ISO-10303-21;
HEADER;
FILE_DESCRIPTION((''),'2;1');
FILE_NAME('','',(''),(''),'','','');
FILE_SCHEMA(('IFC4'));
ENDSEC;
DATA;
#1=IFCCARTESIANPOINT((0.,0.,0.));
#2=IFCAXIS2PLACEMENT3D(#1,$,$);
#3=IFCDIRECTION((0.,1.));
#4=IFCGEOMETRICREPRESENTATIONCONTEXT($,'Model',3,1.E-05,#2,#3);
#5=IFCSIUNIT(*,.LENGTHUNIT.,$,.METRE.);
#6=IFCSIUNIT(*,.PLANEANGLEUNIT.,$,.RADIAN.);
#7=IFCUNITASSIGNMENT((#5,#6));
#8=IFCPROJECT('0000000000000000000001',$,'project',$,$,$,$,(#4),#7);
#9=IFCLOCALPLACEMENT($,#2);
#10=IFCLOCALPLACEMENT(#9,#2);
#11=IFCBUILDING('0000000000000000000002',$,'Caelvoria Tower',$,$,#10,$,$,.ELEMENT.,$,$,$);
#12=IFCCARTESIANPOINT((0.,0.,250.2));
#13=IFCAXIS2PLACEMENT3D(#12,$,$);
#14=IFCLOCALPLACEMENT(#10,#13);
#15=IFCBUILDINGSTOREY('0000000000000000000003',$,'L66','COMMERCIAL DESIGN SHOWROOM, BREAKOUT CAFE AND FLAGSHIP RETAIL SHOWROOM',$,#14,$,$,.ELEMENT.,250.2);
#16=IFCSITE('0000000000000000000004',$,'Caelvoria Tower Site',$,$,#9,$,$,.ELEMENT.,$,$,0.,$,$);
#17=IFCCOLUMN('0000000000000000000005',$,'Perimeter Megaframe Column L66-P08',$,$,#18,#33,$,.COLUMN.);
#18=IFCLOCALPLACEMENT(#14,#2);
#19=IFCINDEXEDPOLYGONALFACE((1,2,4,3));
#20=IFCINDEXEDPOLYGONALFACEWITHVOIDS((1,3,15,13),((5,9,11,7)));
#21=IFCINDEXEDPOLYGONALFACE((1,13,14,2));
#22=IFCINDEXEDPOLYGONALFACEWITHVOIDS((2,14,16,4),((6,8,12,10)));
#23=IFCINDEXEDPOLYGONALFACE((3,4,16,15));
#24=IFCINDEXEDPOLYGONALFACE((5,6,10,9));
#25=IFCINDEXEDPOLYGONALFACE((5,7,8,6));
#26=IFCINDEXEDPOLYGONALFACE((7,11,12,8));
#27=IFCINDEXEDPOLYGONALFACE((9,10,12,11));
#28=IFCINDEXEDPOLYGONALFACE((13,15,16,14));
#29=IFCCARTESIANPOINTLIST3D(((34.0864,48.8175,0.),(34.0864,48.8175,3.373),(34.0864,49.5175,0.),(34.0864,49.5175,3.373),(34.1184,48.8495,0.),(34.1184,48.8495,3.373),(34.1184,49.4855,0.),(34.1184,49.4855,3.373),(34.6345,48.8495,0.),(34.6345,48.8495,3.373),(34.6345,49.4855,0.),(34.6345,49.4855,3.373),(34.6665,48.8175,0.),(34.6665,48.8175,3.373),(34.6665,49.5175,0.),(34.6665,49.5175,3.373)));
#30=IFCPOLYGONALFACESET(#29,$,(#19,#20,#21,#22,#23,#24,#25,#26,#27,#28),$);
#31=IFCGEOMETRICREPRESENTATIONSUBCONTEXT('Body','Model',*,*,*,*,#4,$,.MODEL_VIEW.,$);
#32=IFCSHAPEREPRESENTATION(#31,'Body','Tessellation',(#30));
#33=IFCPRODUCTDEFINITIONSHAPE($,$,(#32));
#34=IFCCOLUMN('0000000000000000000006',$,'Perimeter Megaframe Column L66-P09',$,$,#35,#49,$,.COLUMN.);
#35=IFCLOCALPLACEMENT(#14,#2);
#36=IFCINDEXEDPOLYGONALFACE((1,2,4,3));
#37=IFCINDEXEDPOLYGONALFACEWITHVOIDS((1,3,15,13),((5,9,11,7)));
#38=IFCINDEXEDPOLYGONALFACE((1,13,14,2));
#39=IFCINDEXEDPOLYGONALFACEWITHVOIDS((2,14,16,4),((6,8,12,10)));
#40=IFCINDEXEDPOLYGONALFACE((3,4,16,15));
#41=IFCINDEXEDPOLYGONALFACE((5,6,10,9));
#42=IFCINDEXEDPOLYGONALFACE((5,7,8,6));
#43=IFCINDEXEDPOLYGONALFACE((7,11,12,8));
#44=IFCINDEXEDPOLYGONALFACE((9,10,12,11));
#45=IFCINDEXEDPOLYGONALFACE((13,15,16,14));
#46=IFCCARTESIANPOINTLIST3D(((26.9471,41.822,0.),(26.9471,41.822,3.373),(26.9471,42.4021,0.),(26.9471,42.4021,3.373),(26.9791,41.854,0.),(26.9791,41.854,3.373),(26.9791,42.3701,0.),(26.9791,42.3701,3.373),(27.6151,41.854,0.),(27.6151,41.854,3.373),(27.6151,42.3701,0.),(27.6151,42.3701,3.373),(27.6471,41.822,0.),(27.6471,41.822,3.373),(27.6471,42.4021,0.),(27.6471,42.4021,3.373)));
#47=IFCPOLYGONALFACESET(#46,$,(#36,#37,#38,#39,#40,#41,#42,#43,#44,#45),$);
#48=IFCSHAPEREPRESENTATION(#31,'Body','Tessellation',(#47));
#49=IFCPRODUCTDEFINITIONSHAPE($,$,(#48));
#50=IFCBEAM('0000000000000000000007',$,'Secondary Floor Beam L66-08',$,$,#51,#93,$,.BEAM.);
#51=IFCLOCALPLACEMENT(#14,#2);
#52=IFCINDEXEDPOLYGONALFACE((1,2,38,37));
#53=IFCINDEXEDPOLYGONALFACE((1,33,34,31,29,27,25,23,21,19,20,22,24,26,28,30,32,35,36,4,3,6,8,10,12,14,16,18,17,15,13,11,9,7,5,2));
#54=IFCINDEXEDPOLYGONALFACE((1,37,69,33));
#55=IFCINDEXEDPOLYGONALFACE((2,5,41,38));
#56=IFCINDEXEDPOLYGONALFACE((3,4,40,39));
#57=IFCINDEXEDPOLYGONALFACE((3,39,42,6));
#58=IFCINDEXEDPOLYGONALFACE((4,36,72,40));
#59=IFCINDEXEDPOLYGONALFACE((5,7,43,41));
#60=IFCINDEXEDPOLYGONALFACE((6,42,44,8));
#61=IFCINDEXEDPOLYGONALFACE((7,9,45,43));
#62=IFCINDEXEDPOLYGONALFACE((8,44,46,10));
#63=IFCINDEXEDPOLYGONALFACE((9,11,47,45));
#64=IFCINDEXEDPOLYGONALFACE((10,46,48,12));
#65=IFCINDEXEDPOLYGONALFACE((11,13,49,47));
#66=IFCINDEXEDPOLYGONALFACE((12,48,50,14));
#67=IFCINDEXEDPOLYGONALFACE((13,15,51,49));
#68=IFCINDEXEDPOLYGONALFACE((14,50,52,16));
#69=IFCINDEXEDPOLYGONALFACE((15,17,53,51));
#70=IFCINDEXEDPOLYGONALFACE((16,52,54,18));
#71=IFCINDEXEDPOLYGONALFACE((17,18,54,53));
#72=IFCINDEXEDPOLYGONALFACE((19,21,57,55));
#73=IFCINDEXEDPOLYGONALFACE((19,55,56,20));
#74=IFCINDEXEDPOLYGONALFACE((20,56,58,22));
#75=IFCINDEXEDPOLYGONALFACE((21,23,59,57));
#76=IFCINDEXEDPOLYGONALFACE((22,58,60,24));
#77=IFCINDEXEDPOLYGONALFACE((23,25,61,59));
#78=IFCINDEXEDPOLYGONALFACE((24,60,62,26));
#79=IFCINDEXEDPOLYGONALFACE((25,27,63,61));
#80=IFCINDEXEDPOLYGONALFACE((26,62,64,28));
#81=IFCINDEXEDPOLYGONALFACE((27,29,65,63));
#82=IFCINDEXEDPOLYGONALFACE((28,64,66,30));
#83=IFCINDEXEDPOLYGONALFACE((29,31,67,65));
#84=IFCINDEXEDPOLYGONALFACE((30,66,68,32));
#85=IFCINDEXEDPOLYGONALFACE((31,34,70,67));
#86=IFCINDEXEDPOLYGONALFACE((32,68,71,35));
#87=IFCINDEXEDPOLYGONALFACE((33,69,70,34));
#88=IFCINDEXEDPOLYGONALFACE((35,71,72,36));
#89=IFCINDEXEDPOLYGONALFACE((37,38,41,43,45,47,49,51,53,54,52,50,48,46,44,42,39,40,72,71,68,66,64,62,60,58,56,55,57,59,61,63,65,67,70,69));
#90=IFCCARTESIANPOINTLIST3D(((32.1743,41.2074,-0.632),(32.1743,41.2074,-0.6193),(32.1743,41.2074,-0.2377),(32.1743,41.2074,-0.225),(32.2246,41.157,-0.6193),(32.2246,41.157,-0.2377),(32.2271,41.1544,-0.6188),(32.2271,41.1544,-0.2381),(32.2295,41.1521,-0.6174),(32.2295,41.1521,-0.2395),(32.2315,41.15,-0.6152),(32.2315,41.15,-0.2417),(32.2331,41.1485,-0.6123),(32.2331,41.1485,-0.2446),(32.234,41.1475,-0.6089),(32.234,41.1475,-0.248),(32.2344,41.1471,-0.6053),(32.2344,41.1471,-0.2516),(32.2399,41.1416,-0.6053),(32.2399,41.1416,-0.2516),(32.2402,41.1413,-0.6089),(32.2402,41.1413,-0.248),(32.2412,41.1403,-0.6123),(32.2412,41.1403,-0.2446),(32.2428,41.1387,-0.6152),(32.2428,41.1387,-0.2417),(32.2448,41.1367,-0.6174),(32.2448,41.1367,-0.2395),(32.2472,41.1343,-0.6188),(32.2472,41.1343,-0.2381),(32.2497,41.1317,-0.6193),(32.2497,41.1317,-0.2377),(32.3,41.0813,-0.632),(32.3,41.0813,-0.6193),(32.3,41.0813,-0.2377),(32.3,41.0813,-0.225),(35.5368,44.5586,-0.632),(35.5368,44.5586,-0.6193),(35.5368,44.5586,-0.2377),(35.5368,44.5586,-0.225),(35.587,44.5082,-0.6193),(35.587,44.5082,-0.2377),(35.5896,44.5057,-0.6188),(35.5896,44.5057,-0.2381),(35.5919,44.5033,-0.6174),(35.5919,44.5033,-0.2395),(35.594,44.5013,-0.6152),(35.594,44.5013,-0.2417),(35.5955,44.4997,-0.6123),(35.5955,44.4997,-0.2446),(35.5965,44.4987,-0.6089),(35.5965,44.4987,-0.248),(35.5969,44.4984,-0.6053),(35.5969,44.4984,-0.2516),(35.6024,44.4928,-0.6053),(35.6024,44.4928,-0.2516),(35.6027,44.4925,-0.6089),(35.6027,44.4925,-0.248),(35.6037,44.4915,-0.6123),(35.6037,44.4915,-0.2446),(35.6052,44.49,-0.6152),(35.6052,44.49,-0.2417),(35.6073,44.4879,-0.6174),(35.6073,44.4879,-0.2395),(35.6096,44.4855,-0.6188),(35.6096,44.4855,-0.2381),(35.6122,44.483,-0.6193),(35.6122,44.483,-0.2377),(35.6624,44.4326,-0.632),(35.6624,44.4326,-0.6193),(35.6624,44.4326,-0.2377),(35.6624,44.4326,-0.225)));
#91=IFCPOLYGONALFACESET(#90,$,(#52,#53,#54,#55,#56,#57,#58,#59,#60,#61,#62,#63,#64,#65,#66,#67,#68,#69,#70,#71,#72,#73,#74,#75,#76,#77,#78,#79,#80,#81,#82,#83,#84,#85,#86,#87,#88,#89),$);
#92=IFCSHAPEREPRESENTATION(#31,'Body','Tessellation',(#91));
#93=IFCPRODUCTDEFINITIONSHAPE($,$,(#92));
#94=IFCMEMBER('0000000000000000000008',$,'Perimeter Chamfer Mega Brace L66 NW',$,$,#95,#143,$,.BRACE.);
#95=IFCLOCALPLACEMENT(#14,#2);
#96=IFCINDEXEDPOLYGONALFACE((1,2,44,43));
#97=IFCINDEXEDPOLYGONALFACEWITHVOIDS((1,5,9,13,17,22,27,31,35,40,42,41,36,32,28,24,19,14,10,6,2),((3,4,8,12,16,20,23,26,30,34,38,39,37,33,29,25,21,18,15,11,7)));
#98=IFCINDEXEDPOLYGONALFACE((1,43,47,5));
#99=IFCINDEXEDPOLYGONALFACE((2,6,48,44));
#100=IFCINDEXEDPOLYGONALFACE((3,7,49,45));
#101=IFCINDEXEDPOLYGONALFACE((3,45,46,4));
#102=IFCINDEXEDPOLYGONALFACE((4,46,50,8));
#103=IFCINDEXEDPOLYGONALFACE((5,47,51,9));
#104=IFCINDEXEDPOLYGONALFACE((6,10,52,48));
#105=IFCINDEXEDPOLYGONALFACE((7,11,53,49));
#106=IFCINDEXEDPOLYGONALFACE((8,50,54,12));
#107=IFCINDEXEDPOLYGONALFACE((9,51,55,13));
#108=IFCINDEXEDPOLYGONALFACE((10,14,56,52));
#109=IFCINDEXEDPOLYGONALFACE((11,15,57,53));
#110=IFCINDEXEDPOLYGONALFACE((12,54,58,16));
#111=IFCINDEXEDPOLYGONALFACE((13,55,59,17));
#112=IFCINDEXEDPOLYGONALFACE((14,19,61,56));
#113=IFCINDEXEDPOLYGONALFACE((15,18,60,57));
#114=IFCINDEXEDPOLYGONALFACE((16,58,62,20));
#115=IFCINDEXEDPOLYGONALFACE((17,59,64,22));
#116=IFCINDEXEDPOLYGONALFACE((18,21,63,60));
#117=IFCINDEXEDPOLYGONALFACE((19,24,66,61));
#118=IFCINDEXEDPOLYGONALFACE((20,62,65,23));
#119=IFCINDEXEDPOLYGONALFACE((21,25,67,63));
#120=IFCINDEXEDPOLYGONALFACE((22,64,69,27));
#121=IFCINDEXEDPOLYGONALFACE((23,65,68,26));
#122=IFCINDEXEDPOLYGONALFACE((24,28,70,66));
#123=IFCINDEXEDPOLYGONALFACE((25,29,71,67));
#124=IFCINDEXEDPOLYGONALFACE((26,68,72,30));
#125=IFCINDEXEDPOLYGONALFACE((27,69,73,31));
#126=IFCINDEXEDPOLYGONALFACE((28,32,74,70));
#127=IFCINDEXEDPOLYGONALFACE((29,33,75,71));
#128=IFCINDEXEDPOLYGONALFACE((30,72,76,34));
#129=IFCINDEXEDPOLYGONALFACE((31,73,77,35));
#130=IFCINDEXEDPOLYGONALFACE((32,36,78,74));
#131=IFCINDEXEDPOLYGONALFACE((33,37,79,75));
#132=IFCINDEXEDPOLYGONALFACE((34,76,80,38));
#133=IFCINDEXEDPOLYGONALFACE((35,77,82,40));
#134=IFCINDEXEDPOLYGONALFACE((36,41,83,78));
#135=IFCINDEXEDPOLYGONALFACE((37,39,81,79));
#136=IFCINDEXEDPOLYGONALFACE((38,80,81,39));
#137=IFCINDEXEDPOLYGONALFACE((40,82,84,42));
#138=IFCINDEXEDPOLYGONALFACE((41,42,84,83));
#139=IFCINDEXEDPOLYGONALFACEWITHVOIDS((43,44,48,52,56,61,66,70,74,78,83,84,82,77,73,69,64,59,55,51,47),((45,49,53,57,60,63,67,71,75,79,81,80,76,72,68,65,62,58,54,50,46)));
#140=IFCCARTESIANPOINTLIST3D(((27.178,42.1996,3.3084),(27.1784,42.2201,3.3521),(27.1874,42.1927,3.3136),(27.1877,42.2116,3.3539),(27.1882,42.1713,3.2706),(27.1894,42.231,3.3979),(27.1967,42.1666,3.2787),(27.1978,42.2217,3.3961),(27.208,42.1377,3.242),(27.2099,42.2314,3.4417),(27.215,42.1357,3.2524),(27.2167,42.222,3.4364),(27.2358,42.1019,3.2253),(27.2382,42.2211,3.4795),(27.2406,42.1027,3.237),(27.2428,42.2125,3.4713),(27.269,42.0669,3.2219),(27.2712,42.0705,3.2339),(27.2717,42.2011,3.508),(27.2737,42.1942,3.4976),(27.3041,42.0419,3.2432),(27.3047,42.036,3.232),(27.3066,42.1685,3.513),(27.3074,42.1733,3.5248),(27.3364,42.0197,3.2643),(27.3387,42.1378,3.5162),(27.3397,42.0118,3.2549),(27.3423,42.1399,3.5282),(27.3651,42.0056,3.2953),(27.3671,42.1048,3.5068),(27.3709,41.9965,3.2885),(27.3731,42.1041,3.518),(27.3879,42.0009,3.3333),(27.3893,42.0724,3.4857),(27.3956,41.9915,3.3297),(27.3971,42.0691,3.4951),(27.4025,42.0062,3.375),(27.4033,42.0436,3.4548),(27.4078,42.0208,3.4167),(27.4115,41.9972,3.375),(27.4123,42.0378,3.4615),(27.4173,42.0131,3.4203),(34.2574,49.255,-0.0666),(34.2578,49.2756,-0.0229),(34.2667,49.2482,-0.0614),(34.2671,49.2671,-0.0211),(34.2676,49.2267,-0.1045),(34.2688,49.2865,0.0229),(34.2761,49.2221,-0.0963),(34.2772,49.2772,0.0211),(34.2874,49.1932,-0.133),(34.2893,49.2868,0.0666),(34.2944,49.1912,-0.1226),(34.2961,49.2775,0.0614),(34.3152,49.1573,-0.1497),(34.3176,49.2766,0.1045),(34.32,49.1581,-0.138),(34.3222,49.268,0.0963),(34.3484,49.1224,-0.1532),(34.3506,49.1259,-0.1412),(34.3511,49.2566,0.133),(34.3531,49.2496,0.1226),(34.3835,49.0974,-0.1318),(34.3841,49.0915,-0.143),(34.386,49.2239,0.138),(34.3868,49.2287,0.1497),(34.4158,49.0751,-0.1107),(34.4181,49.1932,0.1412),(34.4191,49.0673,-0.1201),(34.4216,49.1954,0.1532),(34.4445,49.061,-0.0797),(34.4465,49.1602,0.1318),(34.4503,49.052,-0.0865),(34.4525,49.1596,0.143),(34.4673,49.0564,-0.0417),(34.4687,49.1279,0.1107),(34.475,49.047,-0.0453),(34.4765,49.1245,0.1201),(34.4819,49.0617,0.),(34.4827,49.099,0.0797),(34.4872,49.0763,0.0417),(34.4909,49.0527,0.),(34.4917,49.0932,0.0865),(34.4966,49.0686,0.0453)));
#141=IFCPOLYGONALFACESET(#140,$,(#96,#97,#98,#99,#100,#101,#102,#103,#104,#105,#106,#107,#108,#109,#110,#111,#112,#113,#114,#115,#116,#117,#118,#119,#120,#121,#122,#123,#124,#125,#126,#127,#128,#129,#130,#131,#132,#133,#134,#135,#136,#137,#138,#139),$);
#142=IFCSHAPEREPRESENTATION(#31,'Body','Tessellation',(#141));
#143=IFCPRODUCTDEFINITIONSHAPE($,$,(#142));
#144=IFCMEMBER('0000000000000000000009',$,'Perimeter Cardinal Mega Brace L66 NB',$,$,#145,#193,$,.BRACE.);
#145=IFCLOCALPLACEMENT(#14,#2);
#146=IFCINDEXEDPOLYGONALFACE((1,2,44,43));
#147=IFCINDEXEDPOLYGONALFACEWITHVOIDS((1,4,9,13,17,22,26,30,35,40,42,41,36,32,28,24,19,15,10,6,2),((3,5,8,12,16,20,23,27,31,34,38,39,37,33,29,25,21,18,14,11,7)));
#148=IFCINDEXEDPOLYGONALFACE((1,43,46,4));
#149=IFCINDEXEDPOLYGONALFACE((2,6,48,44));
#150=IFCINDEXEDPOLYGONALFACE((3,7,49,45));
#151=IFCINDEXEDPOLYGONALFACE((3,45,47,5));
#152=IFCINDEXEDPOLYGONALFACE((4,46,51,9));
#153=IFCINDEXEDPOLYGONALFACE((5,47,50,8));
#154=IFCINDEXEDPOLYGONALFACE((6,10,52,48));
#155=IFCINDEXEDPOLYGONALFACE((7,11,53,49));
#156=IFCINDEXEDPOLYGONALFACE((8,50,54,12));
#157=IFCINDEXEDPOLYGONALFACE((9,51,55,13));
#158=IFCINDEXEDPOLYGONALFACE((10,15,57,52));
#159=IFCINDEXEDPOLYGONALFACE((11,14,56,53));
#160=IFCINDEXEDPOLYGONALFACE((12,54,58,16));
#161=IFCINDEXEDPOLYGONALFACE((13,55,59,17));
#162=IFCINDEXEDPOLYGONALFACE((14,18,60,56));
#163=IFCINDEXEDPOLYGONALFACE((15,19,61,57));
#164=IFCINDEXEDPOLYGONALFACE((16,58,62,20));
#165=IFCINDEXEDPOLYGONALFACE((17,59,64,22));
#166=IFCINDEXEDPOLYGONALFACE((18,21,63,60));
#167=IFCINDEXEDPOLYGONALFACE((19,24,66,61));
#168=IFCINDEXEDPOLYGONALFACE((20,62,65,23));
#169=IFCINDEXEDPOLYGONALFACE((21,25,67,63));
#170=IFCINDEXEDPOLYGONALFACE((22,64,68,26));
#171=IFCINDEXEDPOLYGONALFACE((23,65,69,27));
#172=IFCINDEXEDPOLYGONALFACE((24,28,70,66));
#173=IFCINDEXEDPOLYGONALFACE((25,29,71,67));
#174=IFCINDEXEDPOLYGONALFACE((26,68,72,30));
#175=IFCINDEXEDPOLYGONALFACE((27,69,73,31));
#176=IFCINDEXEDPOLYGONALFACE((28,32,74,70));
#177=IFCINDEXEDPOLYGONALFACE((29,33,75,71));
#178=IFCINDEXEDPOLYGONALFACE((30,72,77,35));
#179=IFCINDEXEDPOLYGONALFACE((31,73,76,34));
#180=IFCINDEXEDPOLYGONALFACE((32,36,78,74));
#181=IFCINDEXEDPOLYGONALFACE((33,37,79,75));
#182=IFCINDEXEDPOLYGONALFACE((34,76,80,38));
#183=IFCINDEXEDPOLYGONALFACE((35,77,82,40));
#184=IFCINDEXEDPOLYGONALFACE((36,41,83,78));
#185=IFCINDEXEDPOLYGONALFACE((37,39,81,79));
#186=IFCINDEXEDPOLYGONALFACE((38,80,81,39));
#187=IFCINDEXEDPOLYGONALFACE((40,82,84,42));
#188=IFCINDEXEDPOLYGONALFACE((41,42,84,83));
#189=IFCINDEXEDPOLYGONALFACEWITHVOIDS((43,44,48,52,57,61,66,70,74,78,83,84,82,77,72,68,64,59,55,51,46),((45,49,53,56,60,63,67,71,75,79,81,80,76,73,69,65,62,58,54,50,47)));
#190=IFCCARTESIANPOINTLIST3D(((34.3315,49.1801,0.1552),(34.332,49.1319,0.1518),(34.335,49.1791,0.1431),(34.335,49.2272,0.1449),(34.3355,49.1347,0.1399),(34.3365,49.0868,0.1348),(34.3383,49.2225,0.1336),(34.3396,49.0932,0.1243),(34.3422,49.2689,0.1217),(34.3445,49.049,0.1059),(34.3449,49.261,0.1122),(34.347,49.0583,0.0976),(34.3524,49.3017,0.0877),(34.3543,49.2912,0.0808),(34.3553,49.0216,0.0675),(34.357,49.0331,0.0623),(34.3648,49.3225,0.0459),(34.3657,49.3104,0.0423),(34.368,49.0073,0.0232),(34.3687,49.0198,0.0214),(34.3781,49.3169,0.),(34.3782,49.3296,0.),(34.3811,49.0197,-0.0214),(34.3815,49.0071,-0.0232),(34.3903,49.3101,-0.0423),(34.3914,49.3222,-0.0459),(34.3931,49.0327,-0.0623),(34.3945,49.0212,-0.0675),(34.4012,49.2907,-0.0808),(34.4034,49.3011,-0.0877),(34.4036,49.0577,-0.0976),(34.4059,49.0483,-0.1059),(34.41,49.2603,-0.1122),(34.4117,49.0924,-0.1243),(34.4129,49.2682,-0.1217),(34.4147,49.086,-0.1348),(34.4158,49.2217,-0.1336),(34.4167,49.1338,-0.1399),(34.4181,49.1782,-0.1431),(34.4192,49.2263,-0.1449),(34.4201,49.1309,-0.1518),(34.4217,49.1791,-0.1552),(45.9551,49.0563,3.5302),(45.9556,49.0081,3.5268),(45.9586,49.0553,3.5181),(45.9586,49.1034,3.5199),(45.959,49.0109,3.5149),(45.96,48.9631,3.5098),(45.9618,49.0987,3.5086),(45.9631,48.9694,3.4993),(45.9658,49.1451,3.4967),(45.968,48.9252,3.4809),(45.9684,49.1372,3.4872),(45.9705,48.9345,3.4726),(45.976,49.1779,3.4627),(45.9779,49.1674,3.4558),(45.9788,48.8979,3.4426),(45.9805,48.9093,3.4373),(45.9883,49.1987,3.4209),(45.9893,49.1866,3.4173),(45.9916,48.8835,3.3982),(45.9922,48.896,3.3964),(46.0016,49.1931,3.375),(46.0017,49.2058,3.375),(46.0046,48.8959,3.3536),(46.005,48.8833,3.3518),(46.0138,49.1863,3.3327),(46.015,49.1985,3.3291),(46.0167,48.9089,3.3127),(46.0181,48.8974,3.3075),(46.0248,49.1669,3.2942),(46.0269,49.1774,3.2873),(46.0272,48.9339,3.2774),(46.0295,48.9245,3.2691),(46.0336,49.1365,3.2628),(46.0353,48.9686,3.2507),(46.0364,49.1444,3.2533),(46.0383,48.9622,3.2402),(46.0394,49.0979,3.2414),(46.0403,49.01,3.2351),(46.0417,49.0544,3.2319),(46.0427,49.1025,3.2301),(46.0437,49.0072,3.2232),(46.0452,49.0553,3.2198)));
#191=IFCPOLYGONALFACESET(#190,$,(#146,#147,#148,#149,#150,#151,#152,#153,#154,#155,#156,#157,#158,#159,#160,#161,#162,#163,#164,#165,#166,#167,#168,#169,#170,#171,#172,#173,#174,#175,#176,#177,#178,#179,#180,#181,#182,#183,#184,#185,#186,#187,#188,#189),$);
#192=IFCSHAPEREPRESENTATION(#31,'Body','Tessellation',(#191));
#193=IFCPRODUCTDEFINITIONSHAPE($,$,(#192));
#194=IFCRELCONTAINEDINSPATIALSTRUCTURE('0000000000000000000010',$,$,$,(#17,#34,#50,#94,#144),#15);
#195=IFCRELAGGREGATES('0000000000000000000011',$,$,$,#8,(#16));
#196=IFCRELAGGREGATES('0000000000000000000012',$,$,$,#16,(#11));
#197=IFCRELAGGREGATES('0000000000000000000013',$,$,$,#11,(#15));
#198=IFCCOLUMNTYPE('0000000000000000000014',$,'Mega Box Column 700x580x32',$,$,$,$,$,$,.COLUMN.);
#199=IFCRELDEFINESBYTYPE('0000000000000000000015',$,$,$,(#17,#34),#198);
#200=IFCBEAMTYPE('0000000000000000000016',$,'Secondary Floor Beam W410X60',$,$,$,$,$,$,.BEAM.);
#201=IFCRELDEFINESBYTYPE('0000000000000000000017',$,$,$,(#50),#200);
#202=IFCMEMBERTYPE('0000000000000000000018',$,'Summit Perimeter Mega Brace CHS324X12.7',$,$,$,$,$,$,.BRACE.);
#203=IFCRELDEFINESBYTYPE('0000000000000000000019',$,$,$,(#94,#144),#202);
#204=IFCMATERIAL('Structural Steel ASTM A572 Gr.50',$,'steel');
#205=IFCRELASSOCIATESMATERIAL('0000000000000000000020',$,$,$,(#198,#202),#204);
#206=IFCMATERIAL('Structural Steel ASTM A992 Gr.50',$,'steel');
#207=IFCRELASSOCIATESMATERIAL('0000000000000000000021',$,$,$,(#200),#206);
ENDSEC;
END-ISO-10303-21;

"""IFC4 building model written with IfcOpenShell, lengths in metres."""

from ifc_helpers import new_model, si_unit, direction, frame, origin, origin_2d, place, context, subcontext, project, spatial, hollow_rectangle, hollow_circle, i_section, extrude, material, material_profile, profile_set, type_object, element, save


model = new_model("IFC4")

# Units and contexts
model_context = context("Model", 3, precision=1e-05, world=origin(), true_north=direction((0.0, 1.0)))
body_context = subcontext(model_context, "Body", "Model", "MODEL_VIEW")
ifc_project = project(units=[si_unit("LENGTHUNIT", "METRE"), si_unit("PLANEANGLEUNIT", "RADIAN")], contexts=[model_context])

# Site, building, storey
site_placement = place(None, origin())
site = spatial("IfcSite", under=ifc_project, at=site_placement, Name="Caelvoria Tower Site", CompositionType="ELEMENT", RefElevation=0.0)
building_placement = place(site_placement, origin())
building = spatial("IfcBuilding", under=site, at=building_placement, Name="Caelvoria Tower", CompositionType="ELEMENT")
storey_placement = place(building_placement, frame((0.0, 0.0, 250.2)))
storey = spatial("IfcBuildingStorey", under=building, at=storey_placement, Name="L66", Description="COMMERCIAL DESIGN SHOWROOM, BREAKOUT CAFE AND FLAGSHIP RETAIL SHOWROOM", CompositionType="ELEMENT", Elevation=250.2)

# Columns
ifc_material_1 = material(Name="Structural Steel ASTM A572 Gr.50", Category="steel")
ifc_material_profile_1 = material_profile(ifc_material_1, hollow_rectangle(XDim=0.5801, YDim=0.7, WallThickness=0.032, at=origin_2d()), Name="Structural Steel ASTM A572 Gr.50")
ifc_profile_set_1 = profile_set([ifc_material_profile_1], Name="BOX700X580X32 - Structural Steel ASTM A572 Gr.50")
column_type = type_object("IfcColumnType", Name="Mega Box Column 700x580x32", PredefinedType="COLUMN", material=ifc_profile_set_1)
for number, where, z_axis, x_axis, name in (
    (1, (34.3765, 49.1675, 0.0), (0.0, 0.0, 1.0), (1.0, 0.0, 0.0), "Perimeter Megaframe Column L66-P08"),
    (2, (27.2971, 42.1121, 0.0), (0.0, 0.0, 1.0), (0.0, 1.0, 0.0), "Perimeter Megaframe Column L66-P09"),
):
    element("IfcColumn", number, at=place(storey_placement, frame(where, z_axis=z_axis, x_axis=x_axis)), inside=storey, type_object=column_type, Name=name, PredefinedType="COLUMN", context=body_context, shape_type="SweptSolid", body=[
        extrude(hollow_rectangle(XDim=0.5801, YDim=0.7, WallThickness=0.032, at=origin_2d()), origin(), (0.0, 0.0, 1.0), 3.373),
    ])

# Beam
ifc_material_2 = material(Name="Structural Steel ASTM A992 Gr.50", Category="steel")
ifc_material_profile_2 = material_profile(ifc_material_2, i_section(OverallWidth=0.178, OverallDepth=0.407, WebThickness=0.0078, FlangeThickness=0.0127, FilletRadius=0.0139, at=origin_2d()), Name="Structural Steel ASTM A992 Gr.50")
ifc_profile_set_2 = profile_set([ifc_material_profile_2], Name="W410X60 - Structural Steel ASTM A992 Gr.50")
beam_type_1 = type_object("IfcBeamType", Name="Secondary Floor Beam W410X60", PredefinedType="BEAM", material=ifc_profile_set_2)
beam_1_placement = place(storey_placement, frame((35.5996, 44.4956, -0.4285), z_axis=(-0.708289, -0.705923, 0.0), x_axis=(0.705923, -0.708289, 0.0)))
element("IfcBeam", 3, at=beam_1_placement, inside=storey, type_object=beam_type_1, Name="Secondary Floor Beam L66-08", PredefinedType="BEAM", context=body_context, shape_type="SweptSolid", body=[
    extrude(i_section(OverallWidth=0.178, OverallDepth=0.407, WebThickness=0.0078, FlangeThickness=0.0127, FilletRadius=0.0139, at=origin_2d()), origin(), (0.0, 0.0, 1.0), 4.7473),
])

# Members
ifc_material_profile_3 = material_profile(ifc_material_1, hollow_circle(Radius=0.1621, WallThickness=0.0127, at=origin_2d()), Name="Structural Steel ASTM A572 Gr.50")
ifc_profile_set_3 = profile_set([ifc_material_profile_3], Name="CHS324X12.7 - Structural Steel ASTM A572 Gr.50")
member_type = type_object("IfcMemberType", Name="Summit Perimeter Mega Brace CHS324X12.7", PredefinedType="BRACE", material=ifc_profile_set_3)
member_1_placement = place(storey_placement, frame((34.3765, 49.1675, 0.0), z_axis=(-0.671076, -0.668808, 0.319928), x_axis=(0.705909, -0.708303, 0.0)))
element("IfcMember", 4, at=member_1_placement, inside=storey, type_object=member_type, Name="Perimeter Chamfer Mega Brace L66 NW", PredefinedType="BRACE", context=body_context, shape_type="SweptSolid", body=[
    extrude(hollow_circle(Radius=0.1621, WallThickness=0.0127, at=origin_2d()), origin(), (0.0, 0.0, 1.0), 10.5493),
])
member_2_placement = place(storey_placement, frame((34.3765, 49.1675, 0.0), z_axis=(0.960287, -0.010226, 0.278828), x_axis=(0.010648, 0.999943, 0.0)))
element("IfcMember", 5, at=member_2_placement, inside=storey, type_object=member_type, Name="Perimeter Cardinal Mega Brace L66 NB", PredefinedType="BRACE", context=body_context, shape_type="SweptSolid", body=[
    extrude(hollow_circle(Radius=0.1621, WallThickness=0.0127, at=origin_2d()), origin(), (0.0, 0.0, 1.0), 12.1042),
])

save(model, "model.ifc")
